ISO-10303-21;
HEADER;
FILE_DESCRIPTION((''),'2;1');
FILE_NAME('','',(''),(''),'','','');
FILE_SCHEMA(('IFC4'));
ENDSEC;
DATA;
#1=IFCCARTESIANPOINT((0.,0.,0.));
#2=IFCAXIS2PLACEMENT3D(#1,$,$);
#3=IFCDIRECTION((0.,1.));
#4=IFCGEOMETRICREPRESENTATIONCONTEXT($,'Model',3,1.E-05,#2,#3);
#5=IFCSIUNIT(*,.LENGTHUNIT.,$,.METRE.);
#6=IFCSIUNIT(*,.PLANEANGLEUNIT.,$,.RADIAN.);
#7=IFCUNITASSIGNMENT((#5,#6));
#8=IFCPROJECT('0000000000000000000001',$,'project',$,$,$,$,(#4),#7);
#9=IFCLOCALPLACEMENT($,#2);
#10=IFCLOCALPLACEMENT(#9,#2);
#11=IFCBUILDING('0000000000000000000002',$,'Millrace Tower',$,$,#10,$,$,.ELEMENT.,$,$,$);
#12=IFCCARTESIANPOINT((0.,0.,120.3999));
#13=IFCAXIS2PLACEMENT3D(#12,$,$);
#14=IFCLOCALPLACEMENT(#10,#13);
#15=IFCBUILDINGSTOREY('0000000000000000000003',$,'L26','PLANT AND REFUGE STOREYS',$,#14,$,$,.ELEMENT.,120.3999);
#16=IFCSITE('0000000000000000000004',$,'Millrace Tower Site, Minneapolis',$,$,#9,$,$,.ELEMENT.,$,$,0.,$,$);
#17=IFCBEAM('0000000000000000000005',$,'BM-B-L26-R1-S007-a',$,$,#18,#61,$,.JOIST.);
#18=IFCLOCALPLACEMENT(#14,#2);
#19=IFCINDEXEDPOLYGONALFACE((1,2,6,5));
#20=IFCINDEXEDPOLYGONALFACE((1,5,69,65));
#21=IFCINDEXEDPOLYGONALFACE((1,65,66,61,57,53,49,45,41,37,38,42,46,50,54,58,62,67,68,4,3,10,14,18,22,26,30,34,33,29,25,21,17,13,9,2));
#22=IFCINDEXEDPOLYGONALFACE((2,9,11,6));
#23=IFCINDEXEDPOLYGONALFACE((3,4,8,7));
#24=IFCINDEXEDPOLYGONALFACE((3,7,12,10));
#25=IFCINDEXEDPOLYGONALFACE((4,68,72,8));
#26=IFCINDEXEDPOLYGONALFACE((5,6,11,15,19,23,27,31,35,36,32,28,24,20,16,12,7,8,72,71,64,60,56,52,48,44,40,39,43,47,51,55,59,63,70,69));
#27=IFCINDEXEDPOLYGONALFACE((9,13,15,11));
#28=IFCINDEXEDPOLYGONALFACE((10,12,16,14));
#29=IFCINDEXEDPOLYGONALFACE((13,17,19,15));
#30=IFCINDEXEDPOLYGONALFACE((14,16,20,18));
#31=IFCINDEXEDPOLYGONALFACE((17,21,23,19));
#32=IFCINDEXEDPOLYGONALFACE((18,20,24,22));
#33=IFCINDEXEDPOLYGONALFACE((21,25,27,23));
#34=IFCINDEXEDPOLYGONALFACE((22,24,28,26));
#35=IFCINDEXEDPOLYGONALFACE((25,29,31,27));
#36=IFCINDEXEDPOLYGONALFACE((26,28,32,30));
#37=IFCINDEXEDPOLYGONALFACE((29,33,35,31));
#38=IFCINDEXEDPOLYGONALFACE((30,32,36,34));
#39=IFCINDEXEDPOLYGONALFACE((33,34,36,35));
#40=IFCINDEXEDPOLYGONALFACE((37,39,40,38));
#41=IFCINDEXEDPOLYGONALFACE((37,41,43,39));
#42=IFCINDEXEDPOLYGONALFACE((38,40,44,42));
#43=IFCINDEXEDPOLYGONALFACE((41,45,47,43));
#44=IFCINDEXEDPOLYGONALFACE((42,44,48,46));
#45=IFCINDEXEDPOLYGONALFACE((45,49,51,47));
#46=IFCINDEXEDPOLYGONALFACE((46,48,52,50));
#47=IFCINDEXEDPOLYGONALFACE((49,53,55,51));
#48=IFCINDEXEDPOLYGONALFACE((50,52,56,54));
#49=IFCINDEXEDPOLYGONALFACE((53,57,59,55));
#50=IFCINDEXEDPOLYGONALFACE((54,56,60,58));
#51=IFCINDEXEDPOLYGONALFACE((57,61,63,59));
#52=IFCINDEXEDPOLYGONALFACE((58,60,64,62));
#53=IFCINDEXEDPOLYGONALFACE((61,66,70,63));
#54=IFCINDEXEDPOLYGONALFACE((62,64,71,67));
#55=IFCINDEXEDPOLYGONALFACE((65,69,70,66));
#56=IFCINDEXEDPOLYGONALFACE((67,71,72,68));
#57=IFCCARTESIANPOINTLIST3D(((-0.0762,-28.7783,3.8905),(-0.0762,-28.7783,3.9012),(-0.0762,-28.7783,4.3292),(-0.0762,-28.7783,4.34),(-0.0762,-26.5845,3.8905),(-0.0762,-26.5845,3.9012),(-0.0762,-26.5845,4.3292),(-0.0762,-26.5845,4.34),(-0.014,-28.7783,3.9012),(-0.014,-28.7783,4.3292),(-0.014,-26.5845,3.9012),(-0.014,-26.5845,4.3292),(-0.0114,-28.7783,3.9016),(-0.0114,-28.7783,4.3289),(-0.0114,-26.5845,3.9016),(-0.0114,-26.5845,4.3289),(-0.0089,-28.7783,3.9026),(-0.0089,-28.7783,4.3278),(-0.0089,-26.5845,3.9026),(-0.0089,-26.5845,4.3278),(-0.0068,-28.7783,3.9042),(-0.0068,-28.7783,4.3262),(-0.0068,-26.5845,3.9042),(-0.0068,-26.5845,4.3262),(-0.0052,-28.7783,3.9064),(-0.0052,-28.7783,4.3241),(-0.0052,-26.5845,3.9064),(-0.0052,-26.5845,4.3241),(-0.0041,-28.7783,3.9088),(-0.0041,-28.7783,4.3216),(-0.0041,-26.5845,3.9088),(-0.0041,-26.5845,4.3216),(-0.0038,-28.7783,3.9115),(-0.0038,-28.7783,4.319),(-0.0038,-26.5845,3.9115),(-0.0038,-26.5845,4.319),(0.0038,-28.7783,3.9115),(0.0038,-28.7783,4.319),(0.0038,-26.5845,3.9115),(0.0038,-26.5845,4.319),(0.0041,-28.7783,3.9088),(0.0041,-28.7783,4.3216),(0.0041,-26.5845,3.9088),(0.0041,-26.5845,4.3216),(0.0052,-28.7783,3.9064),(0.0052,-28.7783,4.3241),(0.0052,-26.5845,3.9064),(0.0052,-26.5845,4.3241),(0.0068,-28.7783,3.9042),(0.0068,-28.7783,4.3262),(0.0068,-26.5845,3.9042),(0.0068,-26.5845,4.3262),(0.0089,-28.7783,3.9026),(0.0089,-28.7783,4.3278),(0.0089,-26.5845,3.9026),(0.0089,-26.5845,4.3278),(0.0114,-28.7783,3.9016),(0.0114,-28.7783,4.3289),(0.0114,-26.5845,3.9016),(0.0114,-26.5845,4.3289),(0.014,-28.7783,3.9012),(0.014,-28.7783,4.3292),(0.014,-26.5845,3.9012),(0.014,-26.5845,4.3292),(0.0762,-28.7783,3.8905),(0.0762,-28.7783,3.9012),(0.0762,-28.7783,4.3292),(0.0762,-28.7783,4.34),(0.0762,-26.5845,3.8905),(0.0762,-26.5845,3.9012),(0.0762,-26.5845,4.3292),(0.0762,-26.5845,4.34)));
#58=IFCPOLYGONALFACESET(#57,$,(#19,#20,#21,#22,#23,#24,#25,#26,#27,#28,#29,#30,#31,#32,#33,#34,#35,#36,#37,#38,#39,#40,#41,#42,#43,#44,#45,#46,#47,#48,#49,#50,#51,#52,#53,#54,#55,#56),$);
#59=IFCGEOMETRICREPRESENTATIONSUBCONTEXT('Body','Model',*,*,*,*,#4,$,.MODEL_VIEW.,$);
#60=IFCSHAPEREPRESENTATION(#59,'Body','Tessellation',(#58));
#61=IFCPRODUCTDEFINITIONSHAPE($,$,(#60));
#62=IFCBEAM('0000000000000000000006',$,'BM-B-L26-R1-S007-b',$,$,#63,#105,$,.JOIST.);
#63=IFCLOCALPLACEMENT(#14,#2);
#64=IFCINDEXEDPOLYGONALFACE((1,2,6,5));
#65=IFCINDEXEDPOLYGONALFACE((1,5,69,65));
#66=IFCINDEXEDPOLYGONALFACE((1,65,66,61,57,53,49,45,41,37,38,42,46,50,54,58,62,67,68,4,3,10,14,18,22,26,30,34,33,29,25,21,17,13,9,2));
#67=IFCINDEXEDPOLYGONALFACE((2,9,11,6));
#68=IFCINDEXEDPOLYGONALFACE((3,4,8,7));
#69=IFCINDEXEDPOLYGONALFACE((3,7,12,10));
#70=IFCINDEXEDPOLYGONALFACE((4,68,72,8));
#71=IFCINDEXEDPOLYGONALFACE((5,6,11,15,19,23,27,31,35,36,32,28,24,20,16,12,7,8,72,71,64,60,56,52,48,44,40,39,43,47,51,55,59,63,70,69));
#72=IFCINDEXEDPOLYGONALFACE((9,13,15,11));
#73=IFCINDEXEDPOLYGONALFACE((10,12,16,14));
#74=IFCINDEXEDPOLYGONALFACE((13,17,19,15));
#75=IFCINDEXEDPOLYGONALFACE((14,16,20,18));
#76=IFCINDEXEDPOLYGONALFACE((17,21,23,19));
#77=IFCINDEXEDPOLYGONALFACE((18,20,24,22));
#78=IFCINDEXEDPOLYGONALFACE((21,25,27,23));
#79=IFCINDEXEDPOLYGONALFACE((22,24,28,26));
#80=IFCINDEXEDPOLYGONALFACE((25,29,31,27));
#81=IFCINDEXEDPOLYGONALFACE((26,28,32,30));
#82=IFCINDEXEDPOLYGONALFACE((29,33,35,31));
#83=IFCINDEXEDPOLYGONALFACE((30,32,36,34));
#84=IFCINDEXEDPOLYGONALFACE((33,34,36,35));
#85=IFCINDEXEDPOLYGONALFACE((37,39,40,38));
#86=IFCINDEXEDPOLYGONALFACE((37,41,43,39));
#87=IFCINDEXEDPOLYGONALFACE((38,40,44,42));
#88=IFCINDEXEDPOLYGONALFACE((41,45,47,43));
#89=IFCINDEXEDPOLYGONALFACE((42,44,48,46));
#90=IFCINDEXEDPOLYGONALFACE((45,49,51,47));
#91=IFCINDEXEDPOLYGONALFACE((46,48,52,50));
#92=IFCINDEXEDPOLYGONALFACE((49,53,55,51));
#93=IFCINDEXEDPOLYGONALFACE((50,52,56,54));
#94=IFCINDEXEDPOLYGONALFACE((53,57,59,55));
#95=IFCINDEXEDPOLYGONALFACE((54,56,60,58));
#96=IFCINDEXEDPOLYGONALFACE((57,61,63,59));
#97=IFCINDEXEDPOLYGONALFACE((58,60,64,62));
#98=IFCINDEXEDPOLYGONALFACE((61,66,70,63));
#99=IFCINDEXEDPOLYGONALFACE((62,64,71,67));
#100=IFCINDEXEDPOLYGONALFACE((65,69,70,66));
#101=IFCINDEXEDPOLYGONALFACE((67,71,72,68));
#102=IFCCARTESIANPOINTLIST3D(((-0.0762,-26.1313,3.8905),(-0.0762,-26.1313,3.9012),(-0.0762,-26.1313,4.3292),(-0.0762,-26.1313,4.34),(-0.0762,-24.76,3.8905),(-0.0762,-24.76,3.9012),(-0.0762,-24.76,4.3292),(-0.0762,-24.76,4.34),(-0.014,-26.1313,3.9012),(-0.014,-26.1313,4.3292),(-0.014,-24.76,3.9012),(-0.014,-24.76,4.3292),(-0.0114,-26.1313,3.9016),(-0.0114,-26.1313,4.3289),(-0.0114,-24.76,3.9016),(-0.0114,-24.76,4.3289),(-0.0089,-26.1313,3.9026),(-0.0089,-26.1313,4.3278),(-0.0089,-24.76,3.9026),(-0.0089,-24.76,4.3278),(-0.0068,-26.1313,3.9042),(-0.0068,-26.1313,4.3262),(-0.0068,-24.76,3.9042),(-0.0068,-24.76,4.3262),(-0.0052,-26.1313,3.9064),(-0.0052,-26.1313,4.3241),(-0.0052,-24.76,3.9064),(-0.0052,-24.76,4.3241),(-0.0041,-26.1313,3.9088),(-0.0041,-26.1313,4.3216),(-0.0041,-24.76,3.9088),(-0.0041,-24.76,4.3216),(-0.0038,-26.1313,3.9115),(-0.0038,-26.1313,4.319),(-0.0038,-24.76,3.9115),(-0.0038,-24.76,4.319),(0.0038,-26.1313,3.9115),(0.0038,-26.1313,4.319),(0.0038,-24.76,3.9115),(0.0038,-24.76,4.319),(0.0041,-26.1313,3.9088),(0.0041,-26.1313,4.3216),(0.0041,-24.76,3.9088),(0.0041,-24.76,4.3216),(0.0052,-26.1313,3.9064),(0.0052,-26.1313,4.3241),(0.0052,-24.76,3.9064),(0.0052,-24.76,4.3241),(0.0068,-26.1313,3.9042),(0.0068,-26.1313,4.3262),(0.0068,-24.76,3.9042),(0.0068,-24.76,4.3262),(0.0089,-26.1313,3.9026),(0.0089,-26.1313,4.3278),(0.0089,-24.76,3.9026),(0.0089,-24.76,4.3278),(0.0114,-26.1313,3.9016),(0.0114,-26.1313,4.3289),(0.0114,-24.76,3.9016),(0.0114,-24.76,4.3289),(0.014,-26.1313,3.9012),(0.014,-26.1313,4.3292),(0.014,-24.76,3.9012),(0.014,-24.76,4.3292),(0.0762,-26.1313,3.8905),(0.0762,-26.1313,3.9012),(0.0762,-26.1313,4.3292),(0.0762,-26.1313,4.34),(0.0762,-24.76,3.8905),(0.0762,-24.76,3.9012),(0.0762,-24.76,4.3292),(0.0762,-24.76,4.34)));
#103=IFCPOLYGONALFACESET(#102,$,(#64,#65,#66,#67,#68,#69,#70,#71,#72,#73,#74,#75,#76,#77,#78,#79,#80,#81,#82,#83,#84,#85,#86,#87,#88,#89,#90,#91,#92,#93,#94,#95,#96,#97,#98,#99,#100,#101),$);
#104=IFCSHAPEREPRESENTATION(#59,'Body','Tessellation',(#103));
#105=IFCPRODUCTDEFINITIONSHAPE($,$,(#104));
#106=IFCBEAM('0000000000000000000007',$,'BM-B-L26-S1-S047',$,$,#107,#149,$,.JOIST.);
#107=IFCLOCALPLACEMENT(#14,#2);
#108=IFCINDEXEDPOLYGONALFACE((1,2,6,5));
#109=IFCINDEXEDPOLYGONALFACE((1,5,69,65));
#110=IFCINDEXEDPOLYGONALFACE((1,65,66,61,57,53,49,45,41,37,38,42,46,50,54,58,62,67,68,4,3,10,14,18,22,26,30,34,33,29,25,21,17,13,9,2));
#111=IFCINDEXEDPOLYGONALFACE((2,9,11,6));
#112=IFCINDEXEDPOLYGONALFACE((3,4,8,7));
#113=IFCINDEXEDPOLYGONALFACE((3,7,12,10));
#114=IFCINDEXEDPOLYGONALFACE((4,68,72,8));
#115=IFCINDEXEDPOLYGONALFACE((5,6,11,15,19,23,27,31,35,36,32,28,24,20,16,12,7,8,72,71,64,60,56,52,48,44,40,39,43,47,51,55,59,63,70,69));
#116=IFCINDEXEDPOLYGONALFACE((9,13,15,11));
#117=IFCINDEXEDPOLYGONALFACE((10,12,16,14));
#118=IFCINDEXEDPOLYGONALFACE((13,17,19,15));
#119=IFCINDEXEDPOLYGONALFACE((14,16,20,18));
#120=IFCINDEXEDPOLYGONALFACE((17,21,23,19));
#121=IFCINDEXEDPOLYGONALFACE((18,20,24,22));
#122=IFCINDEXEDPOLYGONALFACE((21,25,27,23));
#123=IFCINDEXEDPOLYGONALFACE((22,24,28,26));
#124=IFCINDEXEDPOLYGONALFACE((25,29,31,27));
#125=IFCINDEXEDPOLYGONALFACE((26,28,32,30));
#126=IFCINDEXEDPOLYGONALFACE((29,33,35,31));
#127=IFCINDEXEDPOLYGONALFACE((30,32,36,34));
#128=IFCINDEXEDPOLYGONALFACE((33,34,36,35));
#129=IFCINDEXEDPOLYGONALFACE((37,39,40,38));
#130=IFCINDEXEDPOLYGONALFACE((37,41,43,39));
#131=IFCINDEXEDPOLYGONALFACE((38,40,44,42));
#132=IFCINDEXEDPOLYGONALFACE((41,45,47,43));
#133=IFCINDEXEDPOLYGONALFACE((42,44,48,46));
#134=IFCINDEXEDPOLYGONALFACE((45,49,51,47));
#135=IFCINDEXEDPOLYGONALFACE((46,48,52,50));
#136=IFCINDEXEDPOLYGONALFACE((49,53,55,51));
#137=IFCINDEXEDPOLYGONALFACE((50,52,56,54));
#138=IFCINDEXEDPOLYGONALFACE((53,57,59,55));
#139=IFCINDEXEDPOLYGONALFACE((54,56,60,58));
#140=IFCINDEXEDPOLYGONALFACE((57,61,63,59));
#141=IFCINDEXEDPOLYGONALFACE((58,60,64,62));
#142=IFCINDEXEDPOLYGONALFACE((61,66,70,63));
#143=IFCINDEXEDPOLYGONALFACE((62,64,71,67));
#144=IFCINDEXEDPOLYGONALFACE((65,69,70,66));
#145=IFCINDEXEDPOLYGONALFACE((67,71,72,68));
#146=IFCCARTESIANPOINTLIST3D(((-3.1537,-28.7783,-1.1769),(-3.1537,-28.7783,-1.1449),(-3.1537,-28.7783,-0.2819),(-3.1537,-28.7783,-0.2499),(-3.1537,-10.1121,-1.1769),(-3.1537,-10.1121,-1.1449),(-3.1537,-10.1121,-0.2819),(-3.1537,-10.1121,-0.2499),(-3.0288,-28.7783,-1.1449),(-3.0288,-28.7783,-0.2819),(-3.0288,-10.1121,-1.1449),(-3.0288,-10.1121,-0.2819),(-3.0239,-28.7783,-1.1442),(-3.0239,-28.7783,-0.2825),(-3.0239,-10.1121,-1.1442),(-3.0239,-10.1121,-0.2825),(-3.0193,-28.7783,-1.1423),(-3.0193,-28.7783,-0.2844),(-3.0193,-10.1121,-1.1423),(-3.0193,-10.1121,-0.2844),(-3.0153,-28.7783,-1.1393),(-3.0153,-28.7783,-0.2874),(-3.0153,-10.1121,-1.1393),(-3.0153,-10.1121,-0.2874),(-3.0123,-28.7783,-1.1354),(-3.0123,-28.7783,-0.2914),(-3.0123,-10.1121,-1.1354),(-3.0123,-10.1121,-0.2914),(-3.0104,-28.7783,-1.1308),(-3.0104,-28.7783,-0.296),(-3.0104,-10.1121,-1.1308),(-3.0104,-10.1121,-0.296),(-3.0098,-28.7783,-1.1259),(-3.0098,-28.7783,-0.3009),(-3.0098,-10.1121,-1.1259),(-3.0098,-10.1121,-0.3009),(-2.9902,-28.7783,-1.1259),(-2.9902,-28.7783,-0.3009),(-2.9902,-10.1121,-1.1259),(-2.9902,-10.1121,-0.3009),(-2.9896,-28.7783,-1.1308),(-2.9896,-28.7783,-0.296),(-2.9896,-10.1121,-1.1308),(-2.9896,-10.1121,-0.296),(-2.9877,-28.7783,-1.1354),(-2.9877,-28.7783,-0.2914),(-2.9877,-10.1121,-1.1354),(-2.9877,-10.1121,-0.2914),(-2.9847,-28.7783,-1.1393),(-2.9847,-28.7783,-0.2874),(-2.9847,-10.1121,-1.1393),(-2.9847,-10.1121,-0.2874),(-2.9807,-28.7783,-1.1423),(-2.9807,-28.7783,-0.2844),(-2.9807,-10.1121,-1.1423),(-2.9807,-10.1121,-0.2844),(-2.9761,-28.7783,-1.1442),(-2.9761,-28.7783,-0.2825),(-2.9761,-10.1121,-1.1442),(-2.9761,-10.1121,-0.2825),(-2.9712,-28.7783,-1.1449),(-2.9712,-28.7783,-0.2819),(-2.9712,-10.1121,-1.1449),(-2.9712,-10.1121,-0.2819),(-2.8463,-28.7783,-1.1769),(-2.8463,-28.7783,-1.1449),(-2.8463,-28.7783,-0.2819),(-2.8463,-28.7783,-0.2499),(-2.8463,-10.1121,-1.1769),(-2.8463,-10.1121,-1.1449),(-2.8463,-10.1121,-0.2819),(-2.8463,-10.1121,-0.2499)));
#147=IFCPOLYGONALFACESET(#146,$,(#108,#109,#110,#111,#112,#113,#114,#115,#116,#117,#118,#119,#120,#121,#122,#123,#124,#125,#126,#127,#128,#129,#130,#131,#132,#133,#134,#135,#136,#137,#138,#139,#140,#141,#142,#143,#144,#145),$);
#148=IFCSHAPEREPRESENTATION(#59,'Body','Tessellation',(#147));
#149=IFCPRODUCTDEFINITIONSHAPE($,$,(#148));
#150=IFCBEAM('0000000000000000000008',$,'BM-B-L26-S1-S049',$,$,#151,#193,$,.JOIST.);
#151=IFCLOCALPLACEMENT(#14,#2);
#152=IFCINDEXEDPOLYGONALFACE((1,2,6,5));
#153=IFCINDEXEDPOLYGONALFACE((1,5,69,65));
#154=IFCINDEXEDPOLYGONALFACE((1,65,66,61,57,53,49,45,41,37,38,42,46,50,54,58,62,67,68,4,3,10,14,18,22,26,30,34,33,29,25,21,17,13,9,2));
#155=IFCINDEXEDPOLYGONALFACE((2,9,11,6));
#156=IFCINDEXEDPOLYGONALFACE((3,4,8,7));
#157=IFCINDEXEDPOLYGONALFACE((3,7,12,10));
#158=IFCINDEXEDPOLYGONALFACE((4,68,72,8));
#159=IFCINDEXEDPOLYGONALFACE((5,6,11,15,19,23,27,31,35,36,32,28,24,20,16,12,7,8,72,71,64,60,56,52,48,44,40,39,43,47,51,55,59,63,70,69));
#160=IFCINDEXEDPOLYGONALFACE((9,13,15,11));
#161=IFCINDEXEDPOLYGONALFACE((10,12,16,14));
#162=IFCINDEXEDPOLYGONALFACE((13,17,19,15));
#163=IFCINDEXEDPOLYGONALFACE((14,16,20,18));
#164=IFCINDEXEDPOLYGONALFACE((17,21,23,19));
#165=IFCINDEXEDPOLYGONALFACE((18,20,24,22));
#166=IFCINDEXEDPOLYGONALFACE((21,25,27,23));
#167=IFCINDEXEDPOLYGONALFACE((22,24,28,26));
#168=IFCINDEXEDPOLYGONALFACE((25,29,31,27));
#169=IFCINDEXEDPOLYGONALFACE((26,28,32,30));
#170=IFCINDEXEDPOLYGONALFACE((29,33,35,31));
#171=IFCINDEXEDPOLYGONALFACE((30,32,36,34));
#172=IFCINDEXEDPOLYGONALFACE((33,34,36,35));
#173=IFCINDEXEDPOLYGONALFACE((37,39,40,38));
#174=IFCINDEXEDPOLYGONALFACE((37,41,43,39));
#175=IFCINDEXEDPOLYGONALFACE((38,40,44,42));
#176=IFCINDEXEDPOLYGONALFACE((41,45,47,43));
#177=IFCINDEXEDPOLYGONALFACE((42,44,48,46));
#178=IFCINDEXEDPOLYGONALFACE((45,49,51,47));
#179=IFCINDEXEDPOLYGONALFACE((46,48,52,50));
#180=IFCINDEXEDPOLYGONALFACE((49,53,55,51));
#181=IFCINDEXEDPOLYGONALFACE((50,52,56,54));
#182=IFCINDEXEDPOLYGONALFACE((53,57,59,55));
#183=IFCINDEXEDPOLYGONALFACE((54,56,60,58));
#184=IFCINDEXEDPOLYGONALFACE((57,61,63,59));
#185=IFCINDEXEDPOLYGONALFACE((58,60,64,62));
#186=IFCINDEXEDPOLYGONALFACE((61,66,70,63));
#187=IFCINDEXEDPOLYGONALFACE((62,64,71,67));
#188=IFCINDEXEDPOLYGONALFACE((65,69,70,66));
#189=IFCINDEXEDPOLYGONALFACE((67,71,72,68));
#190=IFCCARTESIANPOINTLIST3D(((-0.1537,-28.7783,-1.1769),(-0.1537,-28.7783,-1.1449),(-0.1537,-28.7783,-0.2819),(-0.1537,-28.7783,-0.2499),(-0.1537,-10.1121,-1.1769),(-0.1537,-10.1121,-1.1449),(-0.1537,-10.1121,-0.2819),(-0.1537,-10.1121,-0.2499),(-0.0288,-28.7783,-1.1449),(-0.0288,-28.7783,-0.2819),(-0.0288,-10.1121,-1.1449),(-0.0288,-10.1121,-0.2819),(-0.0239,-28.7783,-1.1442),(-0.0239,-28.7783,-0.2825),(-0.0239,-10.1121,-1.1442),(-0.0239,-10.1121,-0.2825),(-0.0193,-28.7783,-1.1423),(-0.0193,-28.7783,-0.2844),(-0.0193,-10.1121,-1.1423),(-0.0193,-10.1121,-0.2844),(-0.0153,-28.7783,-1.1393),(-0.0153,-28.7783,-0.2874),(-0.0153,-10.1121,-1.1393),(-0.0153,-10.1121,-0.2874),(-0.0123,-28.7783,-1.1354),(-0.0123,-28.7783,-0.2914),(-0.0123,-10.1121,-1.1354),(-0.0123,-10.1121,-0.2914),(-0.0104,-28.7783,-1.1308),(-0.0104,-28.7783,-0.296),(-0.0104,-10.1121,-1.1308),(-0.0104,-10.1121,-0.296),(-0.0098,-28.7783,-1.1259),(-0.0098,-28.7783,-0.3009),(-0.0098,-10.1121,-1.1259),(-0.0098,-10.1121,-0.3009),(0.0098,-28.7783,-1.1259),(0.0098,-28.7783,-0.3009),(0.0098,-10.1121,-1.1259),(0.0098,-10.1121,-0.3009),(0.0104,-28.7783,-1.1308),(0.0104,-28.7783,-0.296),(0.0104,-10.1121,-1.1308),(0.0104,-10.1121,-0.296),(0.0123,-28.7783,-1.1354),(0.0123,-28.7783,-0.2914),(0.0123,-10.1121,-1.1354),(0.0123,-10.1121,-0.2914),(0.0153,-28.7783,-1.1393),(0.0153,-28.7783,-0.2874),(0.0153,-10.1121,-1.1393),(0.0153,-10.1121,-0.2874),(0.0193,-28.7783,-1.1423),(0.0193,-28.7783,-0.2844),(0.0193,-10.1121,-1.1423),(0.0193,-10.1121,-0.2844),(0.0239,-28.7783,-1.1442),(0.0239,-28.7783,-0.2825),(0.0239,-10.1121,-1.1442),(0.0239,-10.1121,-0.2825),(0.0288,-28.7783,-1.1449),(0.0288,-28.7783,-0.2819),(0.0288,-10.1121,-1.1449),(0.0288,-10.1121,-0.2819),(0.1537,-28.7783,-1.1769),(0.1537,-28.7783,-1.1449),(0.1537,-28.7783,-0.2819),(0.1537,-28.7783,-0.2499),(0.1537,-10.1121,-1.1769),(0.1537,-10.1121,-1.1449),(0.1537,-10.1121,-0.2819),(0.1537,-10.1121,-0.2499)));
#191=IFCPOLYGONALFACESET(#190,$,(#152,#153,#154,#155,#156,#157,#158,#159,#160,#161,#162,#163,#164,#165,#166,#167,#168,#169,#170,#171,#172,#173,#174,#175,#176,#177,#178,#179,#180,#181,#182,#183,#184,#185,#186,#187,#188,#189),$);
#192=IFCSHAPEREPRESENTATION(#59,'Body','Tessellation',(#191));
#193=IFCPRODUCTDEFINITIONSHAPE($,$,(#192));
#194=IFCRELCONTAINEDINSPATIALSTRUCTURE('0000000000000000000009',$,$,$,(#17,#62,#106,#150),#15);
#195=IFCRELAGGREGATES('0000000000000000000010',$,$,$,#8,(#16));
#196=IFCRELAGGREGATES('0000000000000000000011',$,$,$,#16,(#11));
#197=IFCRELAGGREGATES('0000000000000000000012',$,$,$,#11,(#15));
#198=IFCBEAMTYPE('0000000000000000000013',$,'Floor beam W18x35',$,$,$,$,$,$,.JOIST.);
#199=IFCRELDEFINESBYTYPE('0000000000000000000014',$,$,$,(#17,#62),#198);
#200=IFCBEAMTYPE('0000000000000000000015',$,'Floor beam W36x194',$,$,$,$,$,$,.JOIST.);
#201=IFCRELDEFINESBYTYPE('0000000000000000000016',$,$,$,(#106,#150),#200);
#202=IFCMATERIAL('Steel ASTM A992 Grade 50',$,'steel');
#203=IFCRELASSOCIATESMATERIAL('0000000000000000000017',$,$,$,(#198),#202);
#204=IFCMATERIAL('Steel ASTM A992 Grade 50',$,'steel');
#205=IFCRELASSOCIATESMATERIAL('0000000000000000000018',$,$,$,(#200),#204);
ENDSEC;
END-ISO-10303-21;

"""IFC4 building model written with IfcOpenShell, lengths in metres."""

from ifc_helpers import new_model, si_unit, direction, frame, origin, origin_2d, place, context, subcontext, project, spatial, i_section, extrude, material, material_profile, profile_set, type_object, element, save


model = new_model("IFC4")

# Units and contexts
model_context = context("Model", 3, precision=1e-05, world=origin(), true_north=direction((0.0, 1.0)))
body_context = subcontext(model_context, "Body", "Model", "MODEL_VIEW")
ifc_project = project(units=[si_unit("LENGTHUNIT", "METRE"), si_unit("PLANEANGLEUNIT", "RADIAN")], contexts=[model_context])

# Site, building, storey
site_placement = place(None, origin())
site = spatial("IfcSite", under=ifc_project, at=site_placement, Name="Millrace Tower Site, Minneapolis", CompositionType="ELEMENT", RefElevation=0.0)
building_placement = place(site_placement, origin())
building = spatial("IfcBuilding", under=site, at=building_placement, Name="Millrace Tower", CompositionType="ELEMENT")
storey_placement = place(building_placement, frame((0.0, 0.0, 120.3999)))
storey = spatial("IfcBuildingStorey", under=building, at=storey_placement, Name="L26", Description="PLANT AND REFUGE STOREYS", CompositionType="ELEMENT", Elevation=120.3999)

# Beams
ifc_material_1 = material(Name="Steel ASTM A992 Grade 50", Category="steel")
ifc_material_profile_1 = material_profile(ifc_material_1, i_section(OverallWidth=0.1523, OverallDepth=0.4495, WebThickness=0.0076, FlangeThickness=0.0107, FilletRadius=0.0103, at=origin_2d()))
ifc_profile_set_1 = profile_set([ifc_material_profile_1], Name="Steel ASTM A992 Grade 50")
beam_type_1 = type_object("IfcBeamType", Name="Floor beam W18x35", PredefinedType="JOIST", material=ifc_profile_set_1)
beam_1_placement = place(storey_placement, frame((0.0, -28.7783, 4.1152), z_axis=(0.0, 1.0, 0.0), x_axis=(-1.0, 0.0, 0.0)))
element("IfcBeam", 1, at=beam_1_placement, inside=storey, type_object=beam_type_1, Name="BM-B-L26-R1-S007-a", PredefinedType="JOIST", context=body_context, shape_type="SweptSolid", body=[
    extrude(i_section(OverallWidth=0.1523, OverallDepth=0.4495, WebThickness=0.0076, FlangeThickness=0.0107, FilletRadius=0.0103, at=origin_2d()), origin(), (0.0, 0.0, 1.0), 2.1938),
])
beam_2_placement = place(storey_placement, frame((0.0, -26.1313, 4.1152), z_axis=(0.0, 1.0, 0.0), x_axis=(-1.0, 0.0, 0.0)))
element("IfcBeam", 2, at=beam_2_placement, inside=storey, type_object=beam_type_1, Name="BM-B-L26-R1-S007-b", PredefinedType="JOIST", context=body_context, shape_type="SweptSolid", body=[
    extrude(i_section(OverallWidth=0.1523, OverallDepth=0.4495, WebThickness=0.0076, FlangeThickness=0.0107, FilletRadius=0.0103, at=origin_2d()), origin(), (0.0, 0.0, 1.0), 1.3713),
])
ifc_material_2 = material(Name="Steel ASTM A992 Grade 50", Category="steel")
ifc_material_profile_2 = material_profile(ifc_material_2, i_section(OverallWidth=0.3074, OverallDepth=0.927, WebThickness=0.0195, FlangeThickness=0.032, FilletRadius=0.019, at=origin_2d()))
ifc_profile_set_2 = profile_set([ifc_material_profile_2], Name="Steel ASTM A992 Grade 50")
beam_type_2 = type_object("IfcBeamType", Name="Floor beam W36x194", PredefinedType="JOIST", material=ifc_profile_set_2)
for number, where, z_axis, x_axis, name in (
    (3, (-3.0, -28.7783, -0.7134), (0.0, 1.0, 0.0), (-1.0, 0.0, 0.0), "BM-B-L26-S1-S047"),
    (4, (0.0, -28.7783, -0.7134), (0.0, 1.0, 0.0), (-1.0, 0.0, 0.0), "BM-B-L26-S1-S049"),
):
    element("IfcBeam", number, at=place(storey_placement, frame(where, z_axis=z_axis, x_axis=x_axis)), inside=storey, type_object=beam_type_2, Name=name, PredefinedType="JOIST", context=body_context, shape_type="SweptSolid", body=[
        extrude(i_section(OverallWidth=0.3074, OverallDepth=0.927, WebThickness=0.0195, FlangeThickness=0.032, FilletRadius=0.019, at=origin_2d()), origin(), (0.0, 0.0, 1.0), 18.6663),
    ])

save(model, "model.ifc")
